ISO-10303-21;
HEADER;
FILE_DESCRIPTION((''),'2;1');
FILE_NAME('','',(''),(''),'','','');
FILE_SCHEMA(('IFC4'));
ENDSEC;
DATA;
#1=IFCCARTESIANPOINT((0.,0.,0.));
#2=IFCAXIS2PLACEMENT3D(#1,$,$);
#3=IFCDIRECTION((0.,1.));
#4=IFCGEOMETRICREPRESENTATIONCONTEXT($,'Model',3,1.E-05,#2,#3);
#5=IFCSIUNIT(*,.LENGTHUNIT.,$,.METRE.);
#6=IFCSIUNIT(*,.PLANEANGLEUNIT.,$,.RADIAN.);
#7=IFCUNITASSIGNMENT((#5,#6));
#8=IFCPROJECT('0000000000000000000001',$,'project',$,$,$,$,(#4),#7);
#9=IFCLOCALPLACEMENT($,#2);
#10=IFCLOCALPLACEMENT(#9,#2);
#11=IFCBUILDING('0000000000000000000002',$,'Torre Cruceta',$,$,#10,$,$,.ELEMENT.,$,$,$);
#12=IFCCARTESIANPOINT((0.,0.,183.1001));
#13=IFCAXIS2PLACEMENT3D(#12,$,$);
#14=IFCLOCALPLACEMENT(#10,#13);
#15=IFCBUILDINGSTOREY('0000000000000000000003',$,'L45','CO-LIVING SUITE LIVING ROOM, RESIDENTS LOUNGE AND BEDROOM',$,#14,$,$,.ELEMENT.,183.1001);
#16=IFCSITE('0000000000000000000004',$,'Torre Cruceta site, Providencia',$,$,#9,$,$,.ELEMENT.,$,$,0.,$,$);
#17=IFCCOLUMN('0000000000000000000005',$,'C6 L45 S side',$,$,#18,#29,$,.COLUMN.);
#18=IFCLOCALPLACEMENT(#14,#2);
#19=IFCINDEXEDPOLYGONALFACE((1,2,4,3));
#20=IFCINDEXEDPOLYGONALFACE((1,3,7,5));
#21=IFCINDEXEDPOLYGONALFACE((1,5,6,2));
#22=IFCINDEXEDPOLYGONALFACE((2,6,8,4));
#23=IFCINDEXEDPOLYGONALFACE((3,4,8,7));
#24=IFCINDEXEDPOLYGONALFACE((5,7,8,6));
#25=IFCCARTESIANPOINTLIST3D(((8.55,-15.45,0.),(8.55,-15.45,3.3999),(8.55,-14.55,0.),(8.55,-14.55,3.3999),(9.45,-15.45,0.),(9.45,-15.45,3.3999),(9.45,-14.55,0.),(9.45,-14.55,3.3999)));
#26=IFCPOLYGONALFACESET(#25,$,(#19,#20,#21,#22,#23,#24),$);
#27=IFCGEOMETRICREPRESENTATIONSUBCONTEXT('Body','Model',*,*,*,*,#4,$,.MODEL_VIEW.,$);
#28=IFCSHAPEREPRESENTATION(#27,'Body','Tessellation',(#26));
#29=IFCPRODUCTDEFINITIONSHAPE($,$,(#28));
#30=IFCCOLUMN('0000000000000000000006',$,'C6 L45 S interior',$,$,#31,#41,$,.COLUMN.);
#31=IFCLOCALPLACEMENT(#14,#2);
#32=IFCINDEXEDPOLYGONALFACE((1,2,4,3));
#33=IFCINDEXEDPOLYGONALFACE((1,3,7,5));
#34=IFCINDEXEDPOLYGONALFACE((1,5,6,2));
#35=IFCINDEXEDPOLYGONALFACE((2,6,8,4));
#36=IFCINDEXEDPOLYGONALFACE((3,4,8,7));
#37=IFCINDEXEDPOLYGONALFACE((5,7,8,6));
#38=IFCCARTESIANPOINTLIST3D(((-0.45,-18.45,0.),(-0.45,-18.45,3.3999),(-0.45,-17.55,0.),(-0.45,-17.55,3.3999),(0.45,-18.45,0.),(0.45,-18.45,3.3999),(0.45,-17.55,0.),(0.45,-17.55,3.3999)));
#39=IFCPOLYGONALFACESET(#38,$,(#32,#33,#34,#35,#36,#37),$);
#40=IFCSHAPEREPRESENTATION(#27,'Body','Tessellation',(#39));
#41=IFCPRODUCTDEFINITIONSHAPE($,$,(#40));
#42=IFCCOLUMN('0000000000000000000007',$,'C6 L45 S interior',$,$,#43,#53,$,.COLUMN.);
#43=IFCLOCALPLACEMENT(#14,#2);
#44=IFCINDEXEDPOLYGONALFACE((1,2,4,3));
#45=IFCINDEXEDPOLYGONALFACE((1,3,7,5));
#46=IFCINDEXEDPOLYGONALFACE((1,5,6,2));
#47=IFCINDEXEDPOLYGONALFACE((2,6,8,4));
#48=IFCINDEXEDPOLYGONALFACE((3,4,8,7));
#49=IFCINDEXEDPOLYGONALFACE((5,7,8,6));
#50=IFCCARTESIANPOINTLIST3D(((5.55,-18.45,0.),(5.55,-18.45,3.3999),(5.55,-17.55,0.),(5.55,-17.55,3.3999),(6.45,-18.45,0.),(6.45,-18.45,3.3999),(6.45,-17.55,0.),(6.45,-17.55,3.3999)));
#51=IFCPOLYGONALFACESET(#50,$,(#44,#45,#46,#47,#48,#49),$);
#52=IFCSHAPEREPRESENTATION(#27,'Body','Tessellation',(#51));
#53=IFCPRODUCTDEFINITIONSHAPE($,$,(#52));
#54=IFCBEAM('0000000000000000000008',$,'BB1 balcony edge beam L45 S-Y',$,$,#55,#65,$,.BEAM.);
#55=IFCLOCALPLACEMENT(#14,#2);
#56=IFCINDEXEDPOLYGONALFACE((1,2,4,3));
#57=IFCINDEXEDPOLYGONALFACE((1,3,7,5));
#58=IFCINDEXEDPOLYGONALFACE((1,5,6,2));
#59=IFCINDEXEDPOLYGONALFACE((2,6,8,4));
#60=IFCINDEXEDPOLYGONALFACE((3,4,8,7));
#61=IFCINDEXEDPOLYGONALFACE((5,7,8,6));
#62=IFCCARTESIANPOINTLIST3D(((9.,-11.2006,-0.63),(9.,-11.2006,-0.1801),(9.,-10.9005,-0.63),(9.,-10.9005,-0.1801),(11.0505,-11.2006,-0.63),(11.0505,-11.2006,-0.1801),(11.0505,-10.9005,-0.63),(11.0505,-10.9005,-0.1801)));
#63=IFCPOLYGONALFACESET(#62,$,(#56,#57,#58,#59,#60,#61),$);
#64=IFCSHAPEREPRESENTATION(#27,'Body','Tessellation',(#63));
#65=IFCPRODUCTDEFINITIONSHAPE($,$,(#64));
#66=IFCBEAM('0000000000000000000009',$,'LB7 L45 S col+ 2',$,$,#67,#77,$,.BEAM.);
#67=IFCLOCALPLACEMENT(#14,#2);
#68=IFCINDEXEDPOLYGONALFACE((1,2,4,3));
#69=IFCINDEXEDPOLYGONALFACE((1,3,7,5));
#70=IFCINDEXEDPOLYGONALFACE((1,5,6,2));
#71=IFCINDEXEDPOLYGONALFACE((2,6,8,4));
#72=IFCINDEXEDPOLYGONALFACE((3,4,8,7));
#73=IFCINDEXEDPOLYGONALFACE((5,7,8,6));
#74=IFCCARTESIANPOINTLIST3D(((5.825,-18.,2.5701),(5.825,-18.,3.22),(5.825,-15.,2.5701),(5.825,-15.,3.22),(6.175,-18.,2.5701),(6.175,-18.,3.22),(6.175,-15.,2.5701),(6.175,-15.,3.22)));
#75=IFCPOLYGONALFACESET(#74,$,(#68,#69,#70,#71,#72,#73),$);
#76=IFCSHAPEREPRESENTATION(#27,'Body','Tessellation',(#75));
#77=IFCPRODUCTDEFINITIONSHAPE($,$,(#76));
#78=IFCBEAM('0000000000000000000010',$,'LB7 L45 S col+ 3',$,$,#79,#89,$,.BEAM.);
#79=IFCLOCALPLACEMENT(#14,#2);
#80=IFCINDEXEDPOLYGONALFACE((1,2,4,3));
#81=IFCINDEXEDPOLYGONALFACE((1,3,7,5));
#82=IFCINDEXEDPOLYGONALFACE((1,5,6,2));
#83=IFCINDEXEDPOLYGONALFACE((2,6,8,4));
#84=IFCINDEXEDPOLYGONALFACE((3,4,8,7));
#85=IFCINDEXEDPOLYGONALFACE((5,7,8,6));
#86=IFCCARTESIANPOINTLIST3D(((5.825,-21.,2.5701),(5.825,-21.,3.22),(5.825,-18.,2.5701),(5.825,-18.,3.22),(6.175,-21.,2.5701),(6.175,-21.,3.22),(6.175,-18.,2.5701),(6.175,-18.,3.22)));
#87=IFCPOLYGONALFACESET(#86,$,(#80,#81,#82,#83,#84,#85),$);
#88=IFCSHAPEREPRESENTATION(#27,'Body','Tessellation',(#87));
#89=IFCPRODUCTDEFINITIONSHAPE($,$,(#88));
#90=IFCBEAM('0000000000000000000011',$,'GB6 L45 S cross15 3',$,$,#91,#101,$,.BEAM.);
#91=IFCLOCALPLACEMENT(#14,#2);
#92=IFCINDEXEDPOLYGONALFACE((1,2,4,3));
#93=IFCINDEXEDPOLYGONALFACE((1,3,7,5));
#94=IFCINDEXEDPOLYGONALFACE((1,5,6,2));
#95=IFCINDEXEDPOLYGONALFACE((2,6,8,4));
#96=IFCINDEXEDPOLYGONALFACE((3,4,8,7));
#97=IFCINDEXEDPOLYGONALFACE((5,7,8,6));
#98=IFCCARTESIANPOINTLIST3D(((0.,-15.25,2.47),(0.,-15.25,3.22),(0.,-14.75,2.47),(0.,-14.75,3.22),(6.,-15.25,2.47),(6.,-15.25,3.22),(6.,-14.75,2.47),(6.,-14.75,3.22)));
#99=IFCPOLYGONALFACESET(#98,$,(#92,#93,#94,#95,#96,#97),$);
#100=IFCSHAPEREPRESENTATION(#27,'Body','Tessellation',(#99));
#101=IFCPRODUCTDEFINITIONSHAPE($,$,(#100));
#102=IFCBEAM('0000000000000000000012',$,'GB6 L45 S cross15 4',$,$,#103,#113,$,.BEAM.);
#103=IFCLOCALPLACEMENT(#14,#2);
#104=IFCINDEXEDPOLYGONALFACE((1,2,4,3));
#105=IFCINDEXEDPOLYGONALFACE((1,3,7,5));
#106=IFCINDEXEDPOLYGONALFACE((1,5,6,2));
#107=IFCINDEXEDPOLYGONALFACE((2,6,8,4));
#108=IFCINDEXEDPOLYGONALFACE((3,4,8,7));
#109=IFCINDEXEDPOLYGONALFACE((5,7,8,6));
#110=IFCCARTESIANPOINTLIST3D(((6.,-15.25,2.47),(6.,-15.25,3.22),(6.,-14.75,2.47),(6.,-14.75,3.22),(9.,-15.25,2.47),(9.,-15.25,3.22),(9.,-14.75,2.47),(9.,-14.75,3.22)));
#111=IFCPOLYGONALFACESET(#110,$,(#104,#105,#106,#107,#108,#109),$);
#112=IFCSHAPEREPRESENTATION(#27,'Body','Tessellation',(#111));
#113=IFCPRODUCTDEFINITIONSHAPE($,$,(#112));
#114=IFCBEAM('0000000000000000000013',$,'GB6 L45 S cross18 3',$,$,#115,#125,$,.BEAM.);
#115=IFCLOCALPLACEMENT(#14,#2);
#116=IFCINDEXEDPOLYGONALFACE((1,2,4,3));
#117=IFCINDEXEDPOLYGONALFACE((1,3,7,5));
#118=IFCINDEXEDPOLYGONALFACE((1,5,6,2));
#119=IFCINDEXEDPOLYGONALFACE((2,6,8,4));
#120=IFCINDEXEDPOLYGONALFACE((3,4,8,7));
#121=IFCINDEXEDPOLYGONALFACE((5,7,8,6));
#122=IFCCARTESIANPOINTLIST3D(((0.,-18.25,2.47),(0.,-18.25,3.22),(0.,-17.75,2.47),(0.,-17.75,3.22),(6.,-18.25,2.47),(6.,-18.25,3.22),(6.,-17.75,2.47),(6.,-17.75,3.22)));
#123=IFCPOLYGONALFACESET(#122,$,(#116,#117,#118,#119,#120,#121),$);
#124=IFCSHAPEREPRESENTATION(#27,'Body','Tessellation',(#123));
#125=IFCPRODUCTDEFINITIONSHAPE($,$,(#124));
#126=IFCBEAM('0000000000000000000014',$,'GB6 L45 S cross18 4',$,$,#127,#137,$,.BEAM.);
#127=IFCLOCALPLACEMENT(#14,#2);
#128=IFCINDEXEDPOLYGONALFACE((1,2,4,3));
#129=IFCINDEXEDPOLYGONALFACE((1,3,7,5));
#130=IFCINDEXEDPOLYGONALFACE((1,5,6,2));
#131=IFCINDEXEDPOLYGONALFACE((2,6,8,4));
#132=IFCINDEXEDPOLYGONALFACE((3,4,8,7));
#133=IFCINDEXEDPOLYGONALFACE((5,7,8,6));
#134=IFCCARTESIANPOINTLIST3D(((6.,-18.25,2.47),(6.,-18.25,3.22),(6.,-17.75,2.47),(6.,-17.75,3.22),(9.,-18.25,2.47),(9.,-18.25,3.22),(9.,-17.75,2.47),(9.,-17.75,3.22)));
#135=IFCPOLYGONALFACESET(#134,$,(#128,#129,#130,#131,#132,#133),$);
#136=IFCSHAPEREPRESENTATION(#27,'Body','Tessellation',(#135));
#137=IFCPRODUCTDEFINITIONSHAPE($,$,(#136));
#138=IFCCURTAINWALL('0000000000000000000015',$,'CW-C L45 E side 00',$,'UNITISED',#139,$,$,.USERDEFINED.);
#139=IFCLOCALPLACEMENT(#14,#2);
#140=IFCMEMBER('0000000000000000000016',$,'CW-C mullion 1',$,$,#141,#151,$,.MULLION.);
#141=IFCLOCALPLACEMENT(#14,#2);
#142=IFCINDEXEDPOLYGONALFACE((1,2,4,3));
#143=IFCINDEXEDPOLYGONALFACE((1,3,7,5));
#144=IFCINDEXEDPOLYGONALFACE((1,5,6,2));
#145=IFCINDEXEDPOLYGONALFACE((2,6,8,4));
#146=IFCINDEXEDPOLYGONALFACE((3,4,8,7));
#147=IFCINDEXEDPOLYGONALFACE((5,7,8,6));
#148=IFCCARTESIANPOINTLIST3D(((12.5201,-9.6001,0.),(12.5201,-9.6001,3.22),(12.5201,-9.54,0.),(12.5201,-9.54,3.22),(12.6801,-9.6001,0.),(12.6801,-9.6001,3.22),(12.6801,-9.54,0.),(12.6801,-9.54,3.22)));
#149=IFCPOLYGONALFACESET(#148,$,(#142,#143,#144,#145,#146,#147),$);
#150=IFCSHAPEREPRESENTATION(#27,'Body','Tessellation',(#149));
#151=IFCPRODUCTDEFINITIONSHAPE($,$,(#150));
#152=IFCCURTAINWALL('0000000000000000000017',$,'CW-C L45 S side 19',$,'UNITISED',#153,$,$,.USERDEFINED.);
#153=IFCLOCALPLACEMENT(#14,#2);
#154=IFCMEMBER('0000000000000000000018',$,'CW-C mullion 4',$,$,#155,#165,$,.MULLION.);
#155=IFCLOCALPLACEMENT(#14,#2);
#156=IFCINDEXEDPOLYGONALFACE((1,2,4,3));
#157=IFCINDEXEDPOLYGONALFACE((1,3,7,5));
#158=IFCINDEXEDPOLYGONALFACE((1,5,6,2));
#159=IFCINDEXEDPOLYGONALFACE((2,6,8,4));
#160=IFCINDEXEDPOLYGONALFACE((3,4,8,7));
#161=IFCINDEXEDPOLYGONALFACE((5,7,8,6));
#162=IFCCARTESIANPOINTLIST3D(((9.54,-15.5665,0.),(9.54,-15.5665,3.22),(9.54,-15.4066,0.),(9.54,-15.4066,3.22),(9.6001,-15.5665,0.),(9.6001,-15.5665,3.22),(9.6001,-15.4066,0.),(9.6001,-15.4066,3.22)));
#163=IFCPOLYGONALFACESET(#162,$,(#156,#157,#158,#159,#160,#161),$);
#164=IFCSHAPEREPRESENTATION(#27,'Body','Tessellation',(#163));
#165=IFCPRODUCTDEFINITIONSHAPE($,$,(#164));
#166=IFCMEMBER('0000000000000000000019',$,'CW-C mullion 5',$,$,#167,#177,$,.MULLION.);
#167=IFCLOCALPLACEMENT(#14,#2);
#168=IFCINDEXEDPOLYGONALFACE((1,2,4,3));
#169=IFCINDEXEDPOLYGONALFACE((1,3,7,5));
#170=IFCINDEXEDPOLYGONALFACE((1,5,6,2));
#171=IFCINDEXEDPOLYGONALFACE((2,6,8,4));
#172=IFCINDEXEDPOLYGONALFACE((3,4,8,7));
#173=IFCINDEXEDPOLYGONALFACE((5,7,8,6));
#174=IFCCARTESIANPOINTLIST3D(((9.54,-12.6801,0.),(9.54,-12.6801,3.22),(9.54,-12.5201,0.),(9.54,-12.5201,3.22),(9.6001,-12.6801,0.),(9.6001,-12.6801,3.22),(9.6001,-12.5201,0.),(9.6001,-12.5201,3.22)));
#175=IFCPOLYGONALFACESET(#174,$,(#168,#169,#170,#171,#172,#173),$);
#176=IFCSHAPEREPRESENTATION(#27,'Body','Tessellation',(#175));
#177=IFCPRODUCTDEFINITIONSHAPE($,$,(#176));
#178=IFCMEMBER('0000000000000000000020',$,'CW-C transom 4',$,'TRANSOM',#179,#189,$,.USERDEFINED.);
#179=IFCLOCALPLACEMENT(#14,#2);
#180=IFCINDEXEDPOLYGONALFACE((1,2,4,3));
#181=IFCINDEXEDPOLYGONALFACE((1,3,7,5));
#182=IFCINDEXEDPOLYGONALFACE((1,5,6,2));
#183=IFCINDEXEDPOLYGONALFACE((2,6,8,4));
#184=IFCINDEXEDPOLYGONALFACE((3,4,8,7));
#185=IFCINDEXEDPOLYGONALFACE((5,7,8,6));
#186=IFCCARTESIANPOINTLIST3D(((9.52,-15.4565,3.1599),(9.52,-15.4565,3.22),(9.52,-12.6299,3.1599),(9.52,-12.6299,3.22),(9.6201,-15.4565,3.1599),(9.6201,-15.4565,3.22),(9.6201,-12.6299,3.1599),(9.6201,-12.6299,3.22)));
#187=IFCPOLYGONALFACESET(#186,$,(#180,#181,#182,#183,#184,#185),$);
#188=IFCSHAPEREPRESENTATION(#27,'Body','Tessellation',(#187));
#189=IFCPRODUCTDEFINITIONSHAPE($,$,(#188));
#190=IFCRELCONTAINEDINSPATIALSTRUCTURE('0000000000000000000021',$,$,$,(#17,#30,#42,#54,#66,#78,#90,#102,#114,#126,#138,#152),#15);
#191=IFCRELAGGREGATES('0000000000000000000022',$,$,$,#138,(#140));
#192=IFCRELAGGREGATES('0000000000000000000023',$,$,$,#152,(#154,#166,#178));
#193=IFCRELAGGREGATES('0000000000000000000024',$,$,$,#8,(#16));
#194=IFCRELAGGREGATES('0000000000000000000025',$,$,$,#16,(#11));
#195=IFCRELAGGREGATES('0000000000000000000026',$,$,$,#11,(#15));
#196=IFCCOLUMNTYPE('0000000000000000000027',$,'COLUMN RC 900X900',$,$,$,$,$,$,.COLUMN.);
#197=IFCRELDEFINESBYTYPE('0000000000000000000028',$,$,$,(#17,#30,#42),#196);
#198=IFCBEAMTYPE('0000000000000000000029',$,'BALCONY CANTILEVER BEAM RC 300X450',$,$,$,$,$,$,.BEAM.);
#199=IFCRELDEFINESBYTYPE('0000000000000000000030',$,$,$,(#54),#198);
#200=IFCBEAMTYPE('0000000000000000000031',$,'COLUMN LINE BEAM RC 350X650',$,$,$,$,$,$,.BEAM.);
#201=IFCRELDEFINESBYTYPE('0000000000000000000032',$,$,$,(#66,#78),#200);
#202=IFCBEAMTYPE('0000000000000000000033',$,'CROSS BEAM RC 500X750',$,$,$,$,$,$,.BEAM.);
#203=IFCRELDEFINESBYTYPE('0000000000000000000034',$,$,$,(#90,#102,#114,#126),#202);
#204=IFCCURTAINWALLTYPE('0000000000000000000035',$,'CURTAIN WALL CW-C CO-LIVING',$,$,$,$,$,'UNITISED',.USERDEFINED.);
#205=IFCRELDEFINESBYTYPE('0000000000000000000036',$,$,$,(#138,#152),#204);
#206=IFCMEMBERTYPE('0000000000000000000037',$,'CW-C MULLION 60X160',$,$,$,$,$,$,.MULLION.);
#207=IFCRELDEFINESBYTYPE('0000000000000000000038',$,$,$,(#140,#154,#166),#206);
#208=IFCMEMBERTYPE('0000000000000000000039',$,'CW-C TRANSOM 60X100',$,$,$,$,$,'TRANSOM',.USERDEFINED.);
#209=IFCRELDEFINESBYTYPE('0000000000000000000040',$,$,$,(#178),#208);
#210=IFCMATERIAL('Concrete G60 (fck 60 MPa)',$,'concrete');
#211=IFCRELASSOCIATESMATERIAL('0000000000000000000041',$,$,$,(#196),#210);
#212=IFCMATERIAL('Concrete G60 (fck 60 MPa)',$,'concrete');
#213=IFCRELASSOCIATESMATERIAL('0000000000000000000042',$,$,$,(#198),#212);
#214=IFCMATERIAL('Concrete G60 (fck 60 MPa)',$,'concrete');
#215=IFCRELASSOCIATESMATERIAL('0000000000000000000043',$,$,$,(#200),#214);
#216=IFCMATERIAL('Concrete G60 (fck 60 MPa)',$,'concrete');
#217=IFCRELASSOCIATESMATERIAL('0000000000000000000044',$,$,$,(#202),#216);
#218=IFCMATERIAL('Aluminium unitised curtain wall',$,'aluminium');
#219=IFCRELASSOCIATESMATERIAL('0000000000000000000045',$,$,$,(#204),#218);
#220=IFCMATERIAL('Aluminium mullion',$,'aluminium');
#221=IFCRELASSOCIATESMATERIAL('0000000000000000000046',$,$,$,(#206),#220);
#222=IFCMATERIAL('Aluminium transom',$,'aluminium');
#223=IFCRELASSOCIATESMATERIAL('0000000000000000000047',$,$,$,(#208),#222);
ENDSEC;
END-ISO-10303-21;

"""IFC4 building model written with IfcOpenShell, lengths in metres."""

from ifc_helpers import new_model, si_unit, direction, frame, origin, origin_2d, place, context, subcontext, project, spatial, rectangle, extrude, material, material_profile, profile_set, type_object, element, aggregate, save


model = new_model("IFC4")

# Units and contexts
model_context = context("Model", 3, precision=1e-05, world=origin(), true_north=direction((0.0, 1.0)))
body_context = subcontext(model_context, "Body", "Model", "MODEL_VIEW")
ifc_project = project(units=[si_unit("LENGTHUNIT", "METRE"), si_unit("PLANEANGLEUNIT", "RADIAN")], contexts=[model_context])

# Site, building, storey
site_placement = place(None, origin())
site = spatial("IfcSite", under=ifc_project, at=site_placement, Name="Torre Cruceta site, Providencia", CompositionType="ELEMENT", RefElevation=0.0)
building_placement = place(site_placement, origin())
building = spatial("IfcBuilding", under=site, at=building_placement, Name="Torre Cruceta", CompositionType="ELEMENT")
storey_placement = place(building_placement, frame((0.0, 0.0, 183.1001)))
storey = spatial("IfcBuildingStorey", under=building, at=storey_placement, Name="L45", Description="CO-LIVING SUITE LIVING ROOM, RESIDENTS LOUNGE AND BEDROOM", CompositionType="ELEMENT", Elevation=183.1001)

# Columns
ifc_material_1 = material(Name="Concrete G60 (fck 60 MPa)", Category="concrete")
ifc_material_profile_1 = material_profile(ifc_material_1, rectangle(XDim=0.8999, YDim=0.8999, at=origin_2d()), Name="RC 900X900")
ifc_profile_set_1 = profile_set([ifc_material_profile_1], Name="Concrete G60 (fck 60 MPa)")
column_type = type_object("IfcColumnType", Name="COLUMN RC 900X900", PredefinedType="COLUMN", material=ifc_profile_set_1)
for number, where, z_axis, x_axis, name in (
    (1, (9.0, -15.0, 0.0), (0.0, 0.0, 1.0), (1.0, 0.0, 0.0), "C6 L45 S side"),
    (2, (0.0, -18.0, 0.0), (0.0, 0.0, 1.0), (1.0, 0.0, 0.0), "C6 L45 S interior"),
    (3, (6.0, -18.0, 0.0), (0.0, 0.0, 1.0), (1.0, 0.0, 0.0), "C6 L45 S interior"),
):
    element("IfcColumn", number, at=place(storey_placement, frame(where, z_axis=z_axis, x_axis=x_axis)), inside=storey, type_object=column_type, Name=name, PredefinedType="COLUMN", context=body_context, shape_type="SweptSolid", body=[
        extrude(rectangle(XDim=0.8999, YDim=0.8999, at=origin_2d()), origin(), (0.0, 0.0, 1.0), 3.3999),
    ])

# Beams
ifc_material_2 = material(Name="Concrete G60 (fck 60 MPa)", Category="concrete")
ifc_material_profile_2 = material_profile(ifc_material_2, rectangle(XDim=0.3, YDim=0.45, at=origin_2d()), Name="RC 300X450")
ifc_profile_set_2 = profile_set([ifc_material_profile_2], Name="Concrete G60 (fck 60 MPa)")
beam_type_1 = type_object("IfcBeamType", Name="BALCONY CANTILEVER BEAM RC 300X450", PredefinedType="BEAM", material=ifc_profile_set_2)
beam_1_placement = place(storey_placement, frame((9.0, -11.0505, -0.405), z_axis=(1.0, 0.0, 0.0), x_axis=(0.0, 1.0, 0.0)))
element("IfcBeam", 4, at=beam_1_placement, inside=storey, type_object=beam_type_1, Name="BB1 balcony edge beam L45 S-Y", PredefinedType="BEAM", context=body_context, shape_type="SweptSolid", body=[
    extrude(rectangle(XDim=0.3, YDim=0.45, at=origin_2d()), origin(), (0.0, 0.0, 1.0), 2.0505),
])
ifc_material_3 = material(Name="Concrete G60 (fck 60 MPa)", Category="concrete")
ifc_material_profile_3 = material_profile(ifc_material_3, rectangle(XDim=0.3501, YDim=0.6499, at=origin_2d()), Name="RC 350X650")
ifc_profile_set_3 = profile_set([ifc_material_profile_3], Name="Concrete G60 (fck 60 MPa)")
beam_type_2 = type_object("IfcBeamType", Name="COLUMN LINE BEAM RC 350X650", PredefinedType="BEAM", material=ifc_profile_set_3)
for number, where, z_axis, x_axis, name in (
    (5, (6.0, -15.0, 2.895), (0.0, -1.0, 0.0), (1.0, 0.0, 0.0), "LB7 L45 S col+ 2"),
    (6, (6.0, -18.0, 2.895), (0.0, -1.0, 0.0), (1.0, 0.0, 0.0), "LB7 L45 S col+ 3"),
):
    element("IfcBeam", number, at=place(storey_placement, frame(where, z_axis=z_axis, x_axis=x_axis)), inside=storey, type_object=beam_type_2, Name=name, PredefinedType="BEAM", context=body_context, shape_type="SweptSolid", body=[
        extrude(rectangle(XDim=0.3501, YDim=0.6499, at=origin_2d()), origin(), (0.0, 0.0, 1.0), 3.0),
    ])
ifc_material_4 = material(Name="Concrete G60 (fck 60 MPa)", Category="concrete")
ifc_material_profile_4 = material_profile(ifc_material_4, rectangle(XDim=0.5, YDim=0.75, at=origin_2d()), Name="RC 500X750")
ifc_profile_set_4 = profile_set([ifc_material_profile_4], Name="Concrete G60 (fck 60 MPa)")
beam_type_3 = type_object("IfcBeamType", Name="CROSS BEAM RC 500X750", PredefinedType="BEAM", material=ifc_profile_set_4)
beam_2_placement = place(storey_placement, frame((0.0, -15.0, 2.845), z_axis=(1.0, 0.0, 0.0), x_axis=(0.0, 1.0, 0.0)))
element("IfcBeam", 7, at=beam_2_placement, inside=storey, type_object=beam_type_3, Name="GB6 L45 S cross15 3", PredefinedType="BEAM", context=body_context, shape_type="SweptSolid", body=[
    extrude(rectangle(XDim=0.5, YDim=0.75, at=origin_2d()), origin(), (0.0, 0.0, 1.0), 6.0),
])
beam_3_placement = place(storey_placement, frame((6.0, -15.0, 2.845), z_axis=(1.0, 0.0, 0.0), x_axis=(0.0, 1.0, 0.0)))
element("IfcBeam", 8, at=beam_3_placement, inside=storey, type_object=beam_type_3, Name="GB6 L45 S cross15 4", PredefinedType="BEAM", context=body_context, shape_type="SweptSolid", body=[
    extrude(rectangle(XDim=0.5, YDim=0.75, at=origin_2d()), origin(), (0.0, 0.0, 1.0), 3.0),
])
beam_4_placement = place(storey_placement, frame((0.0, -18.0, 2.845), z_axis=(1.0, 0.0, 0.0), x_axis=(0.0, 1.0, 0.0)))
element("IfcBeam", 9, at=beam_4_placement, inside=storey, type_object=beam_type_3, Name="GB6 L45 S cross18 3", PredefinedType="BEAM", context=body_context, shape_type="SweptSolid", body=[
    extrude(rectangle(XDim=0.5, YDim=0.75, at=origin_2d()), origin(), (0.0, 0.0, 1.0), 6.0),
])
beam_5_placement = place(storey_placement, frame((6.0, -18.0, 2.845), z_axis=(1.0, 0.0, 0.0), x_axis=(0.0, 1.0, 0.0)))
element("IfcBeam", 10, at=beam_5_placement, inside=storey, type_object=beam_type_3, Name="GB6 L45 S cross18 4", PredefinedType="BEAM", context=body_context, shape_type="SweptSolid", body=[
    extrude(rectangle(XDim=0.5, YDim=0.75, at=origin_2d()), origin(), (0.0, 0.0, 1.0), 3.0),
])

# Curtain wall, member
ifc_material_5 = material(Name="Aluminium unitised curtain wall", Category="aluminium")
curtain_wall_type = type_object("IfcCurtainWallType", Name="CURTAIN WALL CW-C CO-LIVING", ElementType="UNITISED", PredefinedType="USERDEFINED", material=ifc_material_5)
curtain_wall_1_placement = place(storey_placement, origin())
curtain_wall_1 = element("IfcCurtainWall", 11, at=curtain_wall_1_placement, inside=storey, type_object=curtain_wall_type, Name="CW-C L45 E side 00", ObjectType="UNITISED", PredefinedType="USERDEFINED")
ifc_material_6 = material(Name="Aluminium mullion", Category="aluminium")
ifc_material_profile_5 = material_profile(ifc_material_6, rectangle(XDim=0.0601, YDim=0.1599, at=origin_2d()), Name="AL 60X160")
ifc_profile_set_5 = profile_set([ifc_material_profile_5], Name="Aluminium mullion")
member_type_1 = type_object("IfcMemberType", Name="CW-C MULLION 60X160", PredefinedType="MULLION", material=ifc_profile_set_5)
member_1_placement = place(storey_placement, frame((12.6001, -9.5701, 0.0), z_axis=(0.0, 0.0, 1.0), x_axis=(0.0, 1.0, 0.0)))
member_1 = element("IfcMember", 12, at=member_1_placement, type_object=member_type_1, Name="CW-C mullion 1", PredefinedType="MULLION", context=body_context, shape_type="SweptSolid", body=[
    extrude(rectangle(XDim=0.0601, YDim=0.1599, at=origin_2d()), origin(), (0.0, 0.0, 1.0), 3.22),
])
aggregate(curtain_wall_1, [member_1])

# Curtain wall, members
curtain_wall_2_placement = place(storey_placement, origin())
curtain_wall_2 = element("IfcCurtainWall", 13, at=curtain_wall_2_placement, inside=storey, type_object=curtain_wall_type, Name="CW-C L45 S side 19", ObjectType="UNITISED", PredefinedType="USERDEFINED")
member_2_placement = place(storey_placement, frame((9.5701, -15.4866, 0.0), z_axis=(0.0, 0.0, 1.0), x_axis=(-1.0, 0.0, 0.0)))
member_2 = element("IfcMember", 14, at=member_2_placement, type_object=member_type_1, Name="CW-C mullion 4", PredefinedType="MULLION", context=body_context, shape_type="SweptSolid", body=[
    extrude(rectangle(XDim=0.0601, YDim=0.1599, at=origin_2d()), origin(), (0.0, 0.0, 1.0), 3.22),
])
member_3_placement = place(storey_placement, frame((9.5701, -12.6001, 0.0), z_axis=(0.0, 0.0, 1.0), x_axis=(-1.0, 0.0, 0.0)))
member_3 = element("IfcMember", 15, at=member_3_placement, type_object=member_type_1, Name="CW-C mullion 5", PredefinedType="MULLION", context=body_context, shape_type="SweptSolid", body=[
    extrude(rectangle(XDim=0.0601, YDim=0.1599, at=origin_2d()), origin(), (0.0, 0.0, 1.0), 3.22),
])
ifc_material_7 = material(Name="Aluminium transom", Category="aluminium")
ifc_material_profile_6 = material_profile(ifc_material_7, rectangle(XDim=0.1001, YDim=0.0601, at=origin_2d()), Name="AL 100X60")
ifc_profile_set_6 = profile_set([ifc_material_profile_6], Name="Aluminium transom")
member_type_2 = type_object("IfcMemberType", Name="CW-C TRANSOM 60X100", ElementType="TRANSOM", PredefinedType="USERDEFINED", material=ifc_profile_set_6)
member_4_placement = place(storey_placement, frame((9.5701, -15.4565, 3.1899), z_axis=(0.0, 1.0, 0.0), x_axis=(-1.0, 0.0, 0.0)))
member_4 = element("IfcMember", 16, at=member_4_placement, type_object=member_type_2, Name="CW-C transom 4", ObjectType="TRANSOM", PredefinedType="USERDEFINED", context=body_context, shape_type="SweptSolid", body=[
    extrude(rectangle(XDim=0.1001, YDim=0.0601, at=origin_2d()), origin(), (0.0, 0.0, 1.0), 2.8267),
])

aggregate(curtain_wall_2, [member_2, member_3, member_4])

save(model, "model.ifc")
